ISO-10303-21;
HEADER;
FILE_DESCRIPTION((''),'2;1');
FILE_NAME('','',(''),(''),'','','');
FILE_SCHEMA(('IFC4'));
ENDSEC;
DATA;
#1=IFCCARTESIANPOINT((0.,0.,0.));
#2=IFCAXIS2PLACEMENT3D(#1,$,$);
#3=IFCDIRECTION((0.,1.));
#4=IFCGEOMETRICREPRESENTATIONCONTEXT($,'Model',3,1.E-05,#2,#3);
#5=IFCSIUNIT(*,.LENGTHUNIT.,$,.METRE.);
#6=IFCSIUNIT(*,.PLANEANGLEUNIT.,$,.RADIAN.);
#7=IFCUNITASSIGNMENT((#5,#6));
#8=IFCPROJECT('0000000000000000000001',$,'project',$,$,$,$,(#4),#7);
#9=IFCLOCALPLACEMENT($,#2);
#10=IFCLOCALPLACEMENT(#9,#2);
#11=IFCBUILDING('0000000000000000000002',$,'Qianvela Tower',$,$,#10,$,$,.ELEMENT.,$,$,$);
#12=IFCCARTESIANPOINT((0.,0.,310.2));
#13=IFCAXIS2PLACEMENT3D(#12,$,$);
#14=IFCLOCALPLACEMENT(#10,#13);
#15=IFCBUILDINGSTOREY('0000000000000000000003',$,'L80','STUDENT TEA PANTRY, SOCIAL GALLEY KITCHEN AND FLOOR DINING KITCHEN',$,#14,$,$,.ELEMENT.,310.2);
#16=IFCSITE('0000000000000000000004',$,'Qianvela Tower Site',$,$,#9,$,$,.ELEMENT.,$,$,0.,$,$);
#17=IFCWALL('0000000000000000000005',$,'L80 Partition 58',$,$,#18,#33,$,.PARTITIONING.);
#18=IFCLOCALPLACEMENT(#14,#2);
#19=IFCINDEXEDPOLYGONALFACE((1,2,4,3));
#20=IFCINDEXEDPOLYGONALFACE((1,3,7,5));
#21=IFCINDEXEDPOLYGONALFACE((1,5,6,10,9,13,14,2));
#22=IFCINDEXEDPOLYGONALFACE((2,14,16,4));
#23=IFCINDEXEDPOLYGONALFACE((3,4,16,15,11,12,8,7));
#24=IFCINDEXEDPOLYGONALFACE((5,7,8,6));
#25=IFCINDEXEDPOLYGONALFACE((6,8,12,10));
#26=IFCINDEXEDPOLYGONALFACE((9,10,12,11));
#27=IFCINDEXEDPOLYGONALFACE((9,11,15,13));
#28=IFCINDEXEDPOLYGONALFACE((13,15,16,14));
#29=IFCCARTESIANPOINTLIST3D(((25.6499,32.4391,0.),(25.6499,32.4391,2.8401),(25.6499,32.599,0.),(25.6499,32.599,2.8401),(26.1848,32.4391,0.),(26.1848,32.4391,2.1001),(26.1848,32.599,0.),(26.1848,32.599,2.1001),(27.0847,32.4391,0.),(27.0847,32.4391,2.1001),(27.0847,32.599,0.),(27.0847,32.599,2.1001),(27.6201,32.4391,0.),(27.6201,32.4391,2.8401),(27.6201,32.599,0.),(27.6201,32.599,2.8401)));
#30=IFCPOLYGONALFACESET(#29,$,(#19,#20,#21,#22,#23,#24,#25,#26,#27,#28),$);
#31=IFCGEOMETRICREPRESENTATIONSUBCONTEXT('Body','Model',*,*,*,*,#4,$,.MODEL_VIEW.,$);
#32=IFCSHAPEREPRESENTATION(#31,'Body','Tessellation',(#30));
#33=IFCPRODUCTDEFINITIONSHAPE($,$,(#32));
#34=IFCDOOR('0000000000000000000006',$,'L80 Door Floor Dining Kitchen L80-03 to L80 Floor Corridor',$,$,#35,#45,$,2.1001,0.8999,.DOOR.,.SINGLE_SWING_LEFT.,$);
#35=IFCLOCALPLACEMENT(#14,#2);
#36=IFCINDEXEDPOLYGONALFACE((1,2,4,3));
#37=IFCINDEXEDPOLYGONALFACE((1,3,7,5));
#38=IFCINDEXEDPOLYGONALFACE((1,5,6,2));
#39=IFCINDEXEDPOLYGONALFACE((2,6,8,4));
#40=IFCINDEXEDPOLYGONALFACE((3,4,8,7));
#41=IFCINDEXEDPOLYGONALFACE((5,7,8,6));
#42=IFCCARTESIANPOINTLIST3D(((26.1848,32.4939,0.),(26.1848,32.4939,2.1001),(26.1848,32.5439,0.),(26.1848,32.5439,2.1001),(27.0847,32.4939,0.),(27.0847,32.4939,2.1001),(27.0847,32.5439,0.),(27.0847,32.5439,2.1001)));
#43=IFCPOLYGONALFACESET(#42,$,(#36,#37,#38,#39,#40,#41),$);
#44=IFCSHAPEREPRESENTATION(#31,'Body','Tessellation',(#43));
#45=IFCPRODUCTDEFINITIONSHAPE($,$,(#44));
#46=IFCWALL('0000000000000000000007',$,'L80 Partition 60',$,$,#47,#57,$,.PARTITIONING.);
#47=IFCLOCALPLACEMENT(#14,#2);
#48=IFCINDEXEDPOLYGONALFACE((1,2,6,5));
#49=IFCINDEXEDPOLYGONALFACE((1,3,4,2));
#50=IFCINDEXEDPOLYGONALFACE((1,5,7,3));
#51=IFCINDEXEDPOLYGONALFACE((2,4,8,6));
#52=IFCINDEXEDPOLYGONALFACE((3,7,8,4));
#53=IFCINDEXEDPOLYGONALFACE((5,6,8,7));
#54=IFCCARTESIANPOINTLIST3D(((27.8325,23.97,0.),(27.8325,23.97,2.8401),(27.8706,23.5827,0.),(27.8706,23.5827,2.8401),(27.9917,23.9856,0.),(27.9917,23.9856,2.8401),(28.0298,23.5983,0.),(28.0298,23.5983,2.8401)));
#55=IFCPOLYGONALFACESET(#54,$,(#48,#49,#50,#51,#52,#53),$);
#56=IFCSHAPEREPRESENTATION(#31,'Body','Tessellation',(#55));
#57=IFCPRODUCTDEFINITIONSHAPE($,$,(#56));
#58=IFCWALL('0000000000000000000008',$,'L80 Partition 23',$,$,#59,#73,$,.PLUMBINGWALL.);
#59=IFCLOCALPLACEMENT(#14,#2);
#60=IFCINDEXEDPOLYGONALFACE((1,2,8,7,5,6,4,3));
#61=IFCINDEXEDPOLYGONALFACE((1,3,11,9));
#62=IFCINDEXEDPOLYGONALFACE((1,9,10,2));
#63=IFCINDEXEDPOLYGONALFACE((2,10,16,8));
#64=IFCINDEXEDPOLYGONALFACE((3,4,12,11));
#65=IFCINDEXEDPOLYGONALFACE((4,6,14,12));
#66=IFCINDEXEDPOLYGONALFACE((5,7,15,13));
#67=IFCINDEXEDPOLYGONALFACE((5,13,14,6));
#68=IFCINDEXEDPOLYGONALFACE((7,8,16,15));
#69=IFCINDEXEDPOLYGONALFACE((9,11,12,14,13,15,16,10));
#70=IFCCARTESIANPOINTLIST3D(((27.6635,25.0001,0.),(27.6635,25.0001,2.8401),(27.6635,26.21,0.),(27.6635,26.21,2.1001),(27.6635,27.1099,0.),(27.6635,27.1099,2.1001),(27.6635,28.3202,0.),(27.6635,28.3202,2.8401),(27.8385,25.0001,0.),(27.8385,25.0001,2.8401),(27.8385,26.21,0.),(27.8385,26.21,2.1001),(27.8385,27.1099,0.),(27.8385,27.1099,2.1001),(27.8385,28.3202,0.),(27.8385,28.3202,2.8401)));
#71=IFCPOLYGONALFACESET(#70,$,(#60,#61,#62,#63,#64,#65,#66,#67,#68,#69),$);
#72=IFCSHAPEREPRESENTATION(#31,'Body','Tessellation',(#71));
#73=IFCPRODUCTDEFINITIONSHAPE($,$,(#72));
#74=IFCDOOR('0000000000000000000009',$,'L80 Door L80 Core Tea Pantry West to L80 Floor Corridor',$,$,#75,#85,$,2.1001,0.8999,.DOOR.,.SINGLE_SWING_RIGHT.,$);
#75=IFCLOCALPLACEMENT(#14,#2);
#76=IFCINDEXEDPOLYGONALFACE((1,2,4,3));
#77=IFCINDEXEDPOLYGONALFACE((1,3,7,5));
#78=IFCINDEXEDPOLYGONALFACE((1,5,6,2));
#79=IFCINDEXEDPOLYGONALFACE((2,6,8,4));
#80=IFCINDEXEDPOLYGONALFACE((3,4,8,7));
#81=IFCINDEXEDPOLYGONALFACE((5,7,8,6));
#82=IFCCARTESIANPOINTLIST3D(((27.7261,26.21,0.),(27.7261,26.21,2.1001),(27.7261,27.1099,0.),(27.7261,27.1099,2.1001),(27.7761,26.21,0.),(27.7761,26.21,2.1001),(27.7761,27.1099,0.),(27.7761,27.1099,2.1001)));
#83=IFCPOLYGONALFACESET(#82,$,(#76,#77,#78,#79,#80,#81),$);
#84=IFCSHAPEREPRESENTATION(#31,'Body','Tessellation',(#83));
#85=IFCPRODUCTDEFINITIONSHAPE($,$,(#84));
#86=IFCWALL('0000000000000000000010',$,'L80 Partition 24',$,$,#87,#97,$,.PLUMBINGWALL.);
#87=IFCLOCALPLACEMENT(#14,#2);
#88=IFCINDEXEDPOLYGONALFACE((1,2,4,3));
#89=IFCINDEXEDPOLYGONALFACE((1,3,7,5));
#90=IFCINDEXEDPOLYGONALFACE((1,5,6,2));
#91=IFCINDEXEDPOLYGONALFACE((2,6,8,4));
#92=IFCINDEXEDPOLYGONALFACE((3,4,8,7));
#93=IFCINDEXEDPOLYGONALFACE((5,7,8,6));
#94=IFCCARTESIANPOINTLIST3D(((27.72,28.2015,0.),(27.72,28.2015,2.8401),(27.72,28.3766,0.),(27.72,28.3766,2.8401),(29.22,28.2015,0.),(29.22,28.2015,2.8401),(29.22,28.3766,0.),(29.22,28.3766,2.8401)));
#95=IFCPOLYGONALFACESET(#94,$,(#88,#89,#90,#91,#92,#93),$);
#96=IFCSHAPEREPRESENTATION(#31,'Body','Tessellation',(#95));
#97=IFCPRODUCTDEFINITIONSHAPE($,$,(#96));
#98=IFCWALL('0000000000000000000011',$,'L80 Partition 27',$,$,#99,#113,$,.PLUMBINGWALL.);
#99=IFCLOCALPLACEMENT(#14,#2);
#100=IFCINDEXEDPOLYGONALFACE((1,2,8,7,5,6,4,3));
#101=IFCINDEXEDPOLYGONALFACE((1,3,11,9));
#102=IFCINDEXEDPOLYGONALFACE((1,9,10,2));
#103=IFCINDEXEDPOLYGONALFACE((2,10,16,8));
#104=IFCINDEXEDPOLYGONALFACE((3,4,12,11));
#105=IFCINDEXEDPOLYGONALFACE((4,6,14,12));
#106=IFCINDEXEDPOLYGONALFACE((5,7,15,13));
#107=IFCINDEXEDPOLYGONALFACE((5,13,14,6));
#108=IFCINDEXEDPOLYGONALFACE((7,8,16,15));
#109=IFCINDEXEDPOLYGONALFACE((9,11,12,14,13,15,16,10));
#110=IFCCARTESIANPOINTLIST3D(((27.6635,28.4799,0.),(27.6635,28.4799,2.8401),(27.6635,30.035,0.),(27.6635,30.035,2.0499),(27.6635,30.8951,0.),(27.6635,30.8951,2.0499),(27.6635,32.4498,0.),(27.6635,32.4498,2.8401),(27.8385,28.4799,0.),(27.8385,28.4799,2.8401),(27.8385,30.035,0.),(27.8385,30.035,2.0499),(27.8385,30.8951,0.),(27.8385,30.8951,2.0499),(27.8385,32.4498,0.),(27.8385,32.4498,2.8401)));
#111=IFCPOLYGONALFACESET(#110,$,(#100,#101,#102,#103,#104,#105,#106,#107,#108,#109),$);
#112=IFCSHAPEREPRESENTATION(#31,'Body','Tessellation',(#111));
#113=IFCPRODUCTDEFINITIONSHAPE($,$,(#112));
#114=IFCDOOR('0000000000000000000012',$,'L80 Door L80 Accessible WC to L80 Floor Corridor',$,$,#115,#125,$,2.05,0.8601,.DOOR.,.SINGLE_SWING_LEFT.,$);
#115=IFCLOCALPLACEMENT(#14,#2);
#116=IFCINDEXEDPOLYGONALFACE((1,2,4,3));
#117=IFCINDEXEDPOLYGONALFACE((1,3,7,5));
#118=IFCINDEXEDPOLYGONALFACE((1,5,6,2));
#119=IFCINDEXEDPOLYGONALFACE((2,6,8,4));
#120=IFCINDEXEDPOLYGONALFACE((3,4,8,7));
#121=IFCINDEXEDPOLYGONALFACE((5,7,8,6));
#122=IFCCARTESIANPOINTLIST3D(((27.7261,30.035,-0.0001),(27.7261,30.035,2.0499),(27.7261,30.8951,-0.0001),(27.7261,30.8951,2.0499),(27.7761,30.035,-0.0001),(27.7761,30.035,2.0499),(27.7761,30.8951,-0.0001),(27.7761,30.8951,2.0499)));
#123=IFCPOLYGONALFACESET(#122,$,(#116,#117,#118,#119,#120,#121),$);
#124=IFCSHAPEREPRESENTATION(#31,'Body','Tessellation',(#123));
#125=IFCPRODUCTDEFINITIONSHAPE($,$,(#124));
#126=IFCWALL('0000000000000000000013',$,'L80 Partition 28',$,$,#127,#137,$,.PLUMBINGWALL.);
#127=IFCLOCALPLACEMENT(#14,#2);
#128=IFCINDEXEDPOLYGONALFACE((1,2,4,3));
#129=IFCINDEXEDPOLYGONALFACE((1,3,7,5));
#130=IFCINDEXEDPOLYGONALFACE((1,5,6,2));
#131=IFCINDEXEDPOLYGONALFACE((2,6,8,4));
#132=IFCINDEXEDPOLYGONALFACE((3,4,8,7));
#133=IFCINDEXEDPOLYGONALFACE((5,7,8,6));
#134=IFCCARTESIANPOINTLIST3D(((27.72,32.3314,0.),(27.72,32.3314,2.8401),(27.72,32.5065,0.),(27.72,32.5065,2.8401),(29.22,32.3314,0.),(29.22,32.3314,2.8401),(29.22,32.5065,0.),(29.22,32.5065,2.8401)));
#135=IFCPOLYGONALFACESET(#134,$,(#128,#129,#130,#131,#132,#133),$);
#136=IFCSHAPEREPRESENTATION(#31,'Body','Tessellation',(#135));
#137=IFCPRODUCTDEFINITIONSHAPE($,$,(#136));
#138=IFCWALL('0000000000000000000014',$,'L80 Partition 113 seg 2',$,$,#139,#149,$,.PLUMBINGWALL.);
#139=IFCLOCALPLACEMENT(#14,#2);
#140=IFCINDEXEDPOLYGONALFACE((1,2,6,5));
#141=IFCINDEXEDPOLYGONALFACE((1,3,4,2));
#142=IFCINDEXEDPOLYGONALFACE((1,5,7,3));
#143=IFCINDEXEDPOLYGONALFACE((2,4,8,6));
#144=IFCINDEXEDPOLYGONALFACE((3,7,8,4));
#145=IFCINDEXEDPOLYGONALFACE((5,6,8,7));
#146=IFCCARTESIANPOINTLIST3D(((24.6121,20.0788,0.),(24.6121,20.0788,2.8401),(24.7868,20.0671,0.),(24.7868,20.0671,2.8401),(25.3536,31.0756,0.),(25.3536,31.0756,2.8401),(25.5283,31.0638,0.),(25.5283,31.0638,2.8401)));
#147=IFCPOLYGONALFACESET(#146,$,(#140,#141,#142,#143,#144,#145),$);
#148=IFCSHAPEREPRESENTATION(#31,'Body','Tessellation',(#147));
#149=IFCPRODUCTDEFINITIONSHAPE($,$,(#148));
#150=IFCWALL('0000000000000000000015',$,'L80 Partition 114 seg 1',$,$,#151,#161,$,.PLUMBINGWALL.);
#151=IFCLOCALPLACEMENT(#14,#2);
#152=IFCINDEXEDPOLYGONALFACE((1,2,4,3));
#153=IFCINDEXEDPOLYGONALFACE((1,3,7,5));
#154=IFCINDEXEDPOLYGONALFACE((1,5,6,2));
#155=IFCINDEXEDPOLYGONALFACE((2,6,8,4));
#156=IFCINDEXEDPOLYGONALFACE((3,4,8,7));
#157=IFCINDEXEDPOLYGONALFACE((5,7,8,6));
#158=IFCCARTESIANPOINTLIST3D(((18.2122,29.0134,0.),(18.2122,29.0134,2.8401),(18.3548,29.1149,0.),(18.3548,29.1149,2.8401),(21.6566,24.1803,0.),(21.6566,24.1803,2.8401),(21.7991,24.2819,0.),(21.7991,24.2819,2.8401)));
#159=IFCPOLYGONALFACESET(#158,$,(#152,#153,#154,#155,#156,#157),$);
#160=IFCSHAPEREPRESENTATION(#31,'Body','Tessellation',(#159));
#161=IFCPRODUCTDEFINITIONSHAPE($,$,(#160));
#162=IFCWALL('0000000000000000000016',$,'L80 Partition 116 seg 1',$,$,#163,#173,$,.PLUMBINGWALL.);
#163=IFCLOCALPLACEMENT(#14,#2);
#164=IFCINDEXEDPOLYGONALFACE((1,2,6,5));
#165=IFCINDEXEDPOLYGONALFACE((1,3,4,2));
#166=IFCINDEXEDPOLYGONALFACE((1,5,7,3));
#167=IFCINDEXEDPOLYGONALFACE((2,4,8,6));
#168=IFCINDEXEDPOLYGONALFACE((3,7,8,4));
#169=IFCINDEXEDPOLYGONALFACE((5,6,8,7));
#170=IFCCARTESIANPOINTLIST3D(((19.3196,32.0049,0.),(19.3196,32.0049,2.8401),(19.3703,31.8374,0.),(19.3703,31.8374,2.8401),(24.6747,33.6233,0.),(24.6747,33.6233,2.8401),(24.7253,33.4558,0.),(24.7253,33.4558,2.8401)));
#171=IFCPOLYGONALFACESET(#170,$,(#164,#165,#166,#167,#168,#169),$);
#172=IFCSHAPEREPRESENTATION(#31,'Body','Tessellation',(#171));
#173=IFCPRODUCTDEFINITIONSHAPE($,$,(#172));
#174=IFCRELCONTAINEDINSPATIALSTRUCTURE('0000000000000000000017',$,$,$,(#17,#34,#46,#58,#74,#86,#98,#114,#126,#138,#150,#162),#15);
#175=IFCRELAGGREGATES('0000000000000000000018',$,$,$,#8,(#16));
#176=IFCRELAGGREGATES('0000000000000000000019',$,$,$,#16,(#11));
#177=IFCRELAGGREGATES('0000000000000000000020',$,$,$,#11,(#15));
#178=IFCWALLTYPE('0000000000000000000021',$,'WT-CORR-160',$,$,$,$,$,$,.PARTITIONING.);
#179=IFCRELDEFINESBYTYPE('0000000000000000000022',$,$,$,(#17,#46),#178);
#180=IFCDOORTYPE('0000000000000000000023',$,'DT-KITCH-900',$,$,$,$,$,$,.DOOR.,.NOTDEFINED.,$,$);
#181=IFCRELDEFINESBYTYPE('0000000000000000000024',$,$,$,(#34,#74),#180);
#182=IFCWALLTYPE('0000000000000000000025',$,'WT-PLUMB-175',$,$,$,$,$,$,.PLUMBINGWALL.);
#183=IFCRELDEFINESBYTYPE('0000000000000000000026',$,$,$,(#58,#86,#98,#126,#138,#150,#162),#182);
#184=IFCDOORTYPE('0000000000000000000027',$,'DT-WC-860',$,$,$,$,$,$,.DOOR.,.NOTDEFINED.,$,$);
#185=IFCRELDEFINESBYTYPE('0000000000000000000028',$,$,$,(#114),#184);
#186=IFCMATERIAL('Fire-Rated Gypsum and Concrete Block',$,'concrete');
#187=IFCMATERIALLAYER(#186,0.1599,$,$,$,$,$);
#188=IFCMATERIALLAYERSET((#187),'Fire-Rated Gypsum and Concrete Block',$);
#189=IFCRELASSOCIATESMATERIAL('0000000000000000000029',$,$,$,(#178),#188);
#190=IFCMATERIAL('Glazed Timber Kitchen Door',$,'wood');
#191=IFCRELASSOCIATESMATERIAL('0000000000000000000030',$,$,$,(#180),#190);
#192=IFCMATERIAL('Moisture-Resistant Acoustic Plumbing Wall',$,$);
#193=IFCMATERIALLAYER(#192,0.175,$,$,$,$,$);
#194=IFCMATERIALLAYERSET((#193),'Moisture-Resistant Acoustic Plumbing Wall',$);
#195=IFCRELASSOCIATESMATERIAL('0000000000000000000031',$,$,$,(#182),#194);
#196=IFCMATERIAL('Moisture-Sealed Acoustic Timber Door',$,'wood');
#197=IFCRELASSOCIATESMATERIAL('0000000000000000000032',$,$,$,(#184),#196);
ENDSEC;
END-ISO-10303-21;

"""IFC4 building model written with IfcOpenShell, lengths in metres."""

from ifc_helpers import new_model, si_unit, direction, frame, frame_2d, origin, place, context, subcontext, project, spatial, rectangle, extrude, material, layer, layer_set, type_object, element, fill, save


model = new_model("IFC4")

# Units and contexts
model_context = context("Model", 3, precision=1e-05, world=origin(), true_north=direction((0.0, 1.0)))
body_context = subcontext(model_context, "Body", "Model", "MODEL_VIEW")
ifc_project = project(units=[si_unit("LENGTHUNIT", "METRE"), si_unit("PLANEANGLEUNIT", "RADIAN")], contexts=[model_context])

# Site, building, storey
site_placement = place(None, origin())
site = spatial("IfcSite", under=ifc_project, at=site_placement, Name="Qianvela Tower Site", CompositionType="ELEMENT", RefElevation=0.0)
building_placement = place(site_placement, origin())
building = spatial("IfcBuilding", under=site, at=building_placement, Name="Qianvela Tower", CompositionType="ELEMENT")
storey_placement = place(building_placement, frame((0.0, 0.0, 310.2)))
storey = spatial("IfcBuildingStorey", under=building, at=storey_placement, Name="L80", Description="STUDENT TEA PANTRY, SOCIAL GALLEY KITCHEN AND FLOOR DINING KITCHEN", CompositionType="ELEMENT", Elevation=310.2)

# Wall, opening, door
ifc_material_1 = material(Name="Fire-Rated Gypsum and Concrete Block", Category="concrete")
ifc_layer_1 = layer(ifc_material_1, 0.1599)
ifc_layer_set_1 = layer_set([ifc_layer_1], Name="Fire-Rated Gypsum and Concrete Block")
wall_type_1 = type_object("IfcWallType", Name="WT-CORR-160", PredefinedType="PARTITIONING", material=ifc_layer_set_1)
wall_1_placement = place(storey_placement, frame((25.6499, 32.519, 0.0), z_axis=(0.0, 0.0, 1.0), x_axis=(1.0, 0.0, 0.0)))
wall_1 = element("IfcWall", 1, at=wall_1_placement, inside=storey, type_object=wall_type_1, Name="L80 Partition 58", PredefinedType="PARTITIONING", context=body_context, shape_type="SweptSolid", body=[
    extrude(rectangle(XDim=1.9702, YDim=0.1599, at=frame_2d((0.9851, 0.0))), origin(), (0.0, 0.0, 1.0), 2.8401),
])
opening_1_placement = place(wall_1_placement, frame((0.5349, 0.0, 0.0)))
opening_1 = element("IfcOpeningElement", 2, at=opening_1_placement, cuts=wall_1, PredefinedType="OPENING", context=body_context, shape_type="SweptSolid", body=[
    extrude(rectangle(XDim=0.8999, YDim=2.1001, at=frame_2d((0.45, 1.05))), frame((0.0, 0.0898, 0.0), z_axis=(0.0, -1.0, 0.0), x_axis=(1.0, 0.0, 0.0)), (0.0, 0.0, 1.0), 0.1799),
])
ifc_material_2 = material(Name="Glazed Timber Kitchen Door", Category="wood")
door_type_1 = type_object("IfcDoorType", Name="DT-KITCH-900", OperationType="NOTDEFINED", PredefinedType="DOOR", material=ifc_material_2)
door_1_placement = place(opening_1_placement, origin())
door_1 = element("IfcDoor", 3, at=door_1_placement, inside=storey, type_object=door_type_1, Name="L80 Door Floor Dining Kitchen L80-03 to L80 Floor Corridor", OperationType="SINGLE_SWING_LEFT", OverallHeight=2.1001, OverallWidth=0.8999, PredefinedType="DOOR", context=body_context, shape_type="SweptSolid", body=[
    extrude(rectangle(XDim=0.8999, YDim=2.1001, at=frame_2d((0.45, 1.05))), frame((0.0, 0.0249, 0.0), z_axis=(0.0, -1.0, 0.0), x_axis=(1.0, 0.0, 0.0)), (0.0, 0.0, 1.0), 0.05),
])
fill(opening_1, door_1)

# Wall
wall_2_placement = place(storey_placement, frame((27.9121, 23.9778, 0.0), z_axis=(0.0, 0.0, 1.0), x_axis=(0.097888, -0.995197, 0.0)))
element("IfcWall", 4, at=wall_2_placement, inside=storey, type_object=wall_type_1, Name="L80 Partition 60", PredefinedType="PARTITIONING", context=body_context, shape_type="SweptSolid", body=[
    extrude(rectangle(XDim=0.3892, YDim=0.1599, at=frame_2d((0.1946, 0.0))), origin(), (0.0, 0.0, 1.0), 2.8401),
])

# Wall, opening, door
ifc_material_3 = material(Name="Moisture-Resistant Acoustic Plumbing Wall")
ifc_layer_2 = layer(ifc_material_3, 0.175)
ifc_layer_set_2 = layer_set([ifc_layer_2], Name="Moisture-Resistant Acoustic Plumbing Wall")
wall_type_2 = type_object("IfcWallType", Name="WT-PLUMB-175", PredefinedType="PLUMBINGWALL", material=ifc_layer_set_2)
wall_3_placement = place(storey_placement, frame((27.751, 25.0, 0.0), z_axis=(0.0, 0.0, 1.0), x_axis=(0.0, 1.0, 0.0)))
wall_3 = element("IfcWall", 5, at=wall_3_placement, inside=storey, type_object=wall_type_2, Name="L80 Partition 23", PredefinedType="PLUMBINGWALL", context=body_context, shape_type="SweptSolid", body=[
    extrude(rectangle(XDim=3.3201, YDim=0.175, at=frame_2d((1.6602, 0.0))), origin(), (0.0, 0.0, 1.0), 2.8401),
])
opening_2_placement = place(wall_3_placement, frame((1.21, 0.0, 0.0)))
opening_2 = element("IfcOpeningElement", 6, at=opening_2_placement, cuts=wall_3, PredefinedType="OPENING", context=body_context, shape_type="SweptSolid", body=[
    extrude(rectangle(XDim=0.8999, YDim=2.1001, at=frame_2d((0.45, 1.05))), frame((0.0, 0.0974, 0.0), z_axis=(0.0, -1.0, 0.0), x_axis=(1.0, 0.0, 0.0)), (0.0, 0.0, 1.0), 0.1951),
])
door_2_placement = place(opening_2_placement, origin())
door_2 = element("IfcDoor", 7, at=door_2_placement, inside=storey, type_object=door_type_1, Name="L80 Door L80 Core Tea Pantry West to L80 Floor Corridor", OperationType="SINGLE_SWING_RIGHT", OverallHeight=2.1001, OverallWidth=0.8999, PredefinedType="DOOR", context=body_context, shape_type="SweptSolid", body=[
    extrude(rectangle(XDim=0.8999, YDim=2.1001, at=frame_2d((0.45, 1.05))), frame((0.0, 0.0249, 0.0), z_axis=(0.0, -1.0, 0.0), x_axis=(1.0, 0.0, 0.0)), (0.0, 0.0, 1.0), 0.05),
])
fill(opening_2, door_2)

# Wall
wall_4_placement = place(storey_placement, frame((27.72, 28.2891, 0.0), z_axis=(0.0, 0.0, 1.0), x_axis=(1.0, 0.0, 0.0)))
element("IfcWall", 8, at=wall_4_placement, inside=storey, type_object=wall_type_2, Name="L80 Partition 24", PredefinedType="PLUMBINGWALL", context=body_context, shape_type="SweptSolid", body=[
    extrude(rectangle(XDim=1.5, YDim=0.175, at=frame_2d((0.75, 0.0))), origin(), (0.0, 0.0, 1.0), 2.8401),
])

# Wall, opening, door
wall_5_placement = place(storey_placement, frame((27.751, 28.48, 0.0), z_axis=(0.0, 0.0, 1.0), x_axis=(0.0, 1.0, 0.0)))
wall_5 = element("IfcWall", 9, at=wall_5_placement, inside=storey, type_object=wall_type_2, Name="L80 Partition 27", PredefinedType="PLUMBINGWALL", context=body_context, shape_type="SweptSolid", body=[
    extrude(rectangle(XDim=3.97, YDim=0.175, at=frame_2d((1.9849, 0.0))), origin(), (0.0, 0.0, 1.0), 2.8401),
])
opening_3_placement = place(wall_5_placement, frame((1.5549, 0.0, 0.0)))
opening_3 = element("IfcOpeningElement", 10, at=opening_3_placement, cuts=wall_5, PredefinedType="OPENING", context=body_context, shape_type="SweptSolid", body=[
    extrude(rectangle(XDim=0.8601, YDim=2.05, at=frame_2d((0.4302, 1.0249))), frame((0.0, 0.0974, 0.0), z_axis=(0.0, -1.0, 0.0), x_axis=(1.0, 0.0, 0.0)), (0.0, 0.0, 1.0), 0.1951),
])
ifc_material_4 = material(Name="Moisture-Sealed Acoustic Timber Door", Category="wood")
door_type_2 = type_object("IfcDoorType", Name="DT-WC-860", OperationType="NOTDEFINED", PredefinedType="DOOR", material=ifc_material_4)
door_3_placement = place(opening_3_placement, origin())
door_3 = element("IfcDoor", 11, at=door_3_placement, inside=storey, type_object=door_type_2, Name="L80 Door L80 Accessible WC to L80 Floor Corridor", OperationType="SINGLE_SWING_LEFT", OverallHeight=2.05, OverallWidth=0.8601, PredefinedType="DOOR", context=body_context, shape_type="SweptSolid", body=[
    extrude(rectangle(XDim=0.8601, YDim=2.05, at=frame_2d((0.4302, 1.0249))), frame((0.0, 0.0249, 0.0), z_axis=(0.0, -1.0, 0.0), x_axis=(1.0, 0.0, 0.0)), (0.0, 0.0, 1.0), 0.05),
])
fill(opening_3, door_3)

# Walls
wall_6_placement = place(storey_placement, frame((27.72, 32.4189, 0.0), z_axis=(0.0, 0.0, 1.0), x_axis=(1.0, 0.0, 0.0)))
element("IfcWall", 12, at=wall_6_placement, inside=storey, type_object=wall_type_2, Name="L80 Partition 28", PredefinedType="PLUMBINGWALL", context=body_context, shape_type="SweptSolid", body=[
    extrude(rectangle(XDim=1.5, YDim=0.175, at=frame_2d((0.75, 0.0))), origin(), (0.0, 0.0, 1.0), 2.8401),
])
wall_7_placement = place(storey_placement, frame((25.4409, 31.0696, 0.0), z_axis=(0.0, 0.0, 1.0), x_axis=(-0.067272, -0.997735, 0.0)))
element("IfcWall", 13, at=wall_7_placement, inside=storey, type_object=wall_type_2, Name="L80 Partition 113 seg 2", PredefinedType="PLUMBINGWALL", context=body_context, shape_type="SweptSolid", body=[
    extrude(rectangle(XDim=11.0217, YDim=0.175, at=frame_2d((5.5107, 0.0))), origin(), (0.0, 0.0, 1.0), 2.8401),
])
wall_8_placement = place(storey_placement, frame((21.7278, 24.2312, 0.0), z_axis=(0.0, 0.0, 1.0), x_axis=(-0.580366, 0.814356, 0.0)))
element("IfcWall", 14, at=wall_8_placement, inside=storey, type_object=wall_type_2, Name="L80 Partition 114 seg 1", PredefinedType="PLUMBINGWALL", context=body_context, shape_type="SweptSolid", body=[
    extrude(rectangle(XDim=5.9348, YDim=0.175, at=frame_2d((2.9673, 0.0))), origin(), (0.0, 0.0, 1.0), 2.8401),
])
wall_9_placement = place(storey_placement, frame((19.345, 31.9211, 0.0), z_axis=(0.0, 0.0, 1.0), x_axis=(0.957238, 0.289301, 0.0)))
element("IfcWall", 15, at=wall_9_placement, inside=storey, type_object=wall_type_2, Name="L80 Partition 116 seg 1", PredefinedType="PLUMBINGWALL", context=body_context, shape_type="SweptSolid", body=[
    extrude(rectangle(XDim=5.5942, YDim=0.175, at=frame_2d((2.7971, 0.0))), origin(), (0.0, 0.0, 1.0), 2.8401),
])

save(model, "model.ifc")
